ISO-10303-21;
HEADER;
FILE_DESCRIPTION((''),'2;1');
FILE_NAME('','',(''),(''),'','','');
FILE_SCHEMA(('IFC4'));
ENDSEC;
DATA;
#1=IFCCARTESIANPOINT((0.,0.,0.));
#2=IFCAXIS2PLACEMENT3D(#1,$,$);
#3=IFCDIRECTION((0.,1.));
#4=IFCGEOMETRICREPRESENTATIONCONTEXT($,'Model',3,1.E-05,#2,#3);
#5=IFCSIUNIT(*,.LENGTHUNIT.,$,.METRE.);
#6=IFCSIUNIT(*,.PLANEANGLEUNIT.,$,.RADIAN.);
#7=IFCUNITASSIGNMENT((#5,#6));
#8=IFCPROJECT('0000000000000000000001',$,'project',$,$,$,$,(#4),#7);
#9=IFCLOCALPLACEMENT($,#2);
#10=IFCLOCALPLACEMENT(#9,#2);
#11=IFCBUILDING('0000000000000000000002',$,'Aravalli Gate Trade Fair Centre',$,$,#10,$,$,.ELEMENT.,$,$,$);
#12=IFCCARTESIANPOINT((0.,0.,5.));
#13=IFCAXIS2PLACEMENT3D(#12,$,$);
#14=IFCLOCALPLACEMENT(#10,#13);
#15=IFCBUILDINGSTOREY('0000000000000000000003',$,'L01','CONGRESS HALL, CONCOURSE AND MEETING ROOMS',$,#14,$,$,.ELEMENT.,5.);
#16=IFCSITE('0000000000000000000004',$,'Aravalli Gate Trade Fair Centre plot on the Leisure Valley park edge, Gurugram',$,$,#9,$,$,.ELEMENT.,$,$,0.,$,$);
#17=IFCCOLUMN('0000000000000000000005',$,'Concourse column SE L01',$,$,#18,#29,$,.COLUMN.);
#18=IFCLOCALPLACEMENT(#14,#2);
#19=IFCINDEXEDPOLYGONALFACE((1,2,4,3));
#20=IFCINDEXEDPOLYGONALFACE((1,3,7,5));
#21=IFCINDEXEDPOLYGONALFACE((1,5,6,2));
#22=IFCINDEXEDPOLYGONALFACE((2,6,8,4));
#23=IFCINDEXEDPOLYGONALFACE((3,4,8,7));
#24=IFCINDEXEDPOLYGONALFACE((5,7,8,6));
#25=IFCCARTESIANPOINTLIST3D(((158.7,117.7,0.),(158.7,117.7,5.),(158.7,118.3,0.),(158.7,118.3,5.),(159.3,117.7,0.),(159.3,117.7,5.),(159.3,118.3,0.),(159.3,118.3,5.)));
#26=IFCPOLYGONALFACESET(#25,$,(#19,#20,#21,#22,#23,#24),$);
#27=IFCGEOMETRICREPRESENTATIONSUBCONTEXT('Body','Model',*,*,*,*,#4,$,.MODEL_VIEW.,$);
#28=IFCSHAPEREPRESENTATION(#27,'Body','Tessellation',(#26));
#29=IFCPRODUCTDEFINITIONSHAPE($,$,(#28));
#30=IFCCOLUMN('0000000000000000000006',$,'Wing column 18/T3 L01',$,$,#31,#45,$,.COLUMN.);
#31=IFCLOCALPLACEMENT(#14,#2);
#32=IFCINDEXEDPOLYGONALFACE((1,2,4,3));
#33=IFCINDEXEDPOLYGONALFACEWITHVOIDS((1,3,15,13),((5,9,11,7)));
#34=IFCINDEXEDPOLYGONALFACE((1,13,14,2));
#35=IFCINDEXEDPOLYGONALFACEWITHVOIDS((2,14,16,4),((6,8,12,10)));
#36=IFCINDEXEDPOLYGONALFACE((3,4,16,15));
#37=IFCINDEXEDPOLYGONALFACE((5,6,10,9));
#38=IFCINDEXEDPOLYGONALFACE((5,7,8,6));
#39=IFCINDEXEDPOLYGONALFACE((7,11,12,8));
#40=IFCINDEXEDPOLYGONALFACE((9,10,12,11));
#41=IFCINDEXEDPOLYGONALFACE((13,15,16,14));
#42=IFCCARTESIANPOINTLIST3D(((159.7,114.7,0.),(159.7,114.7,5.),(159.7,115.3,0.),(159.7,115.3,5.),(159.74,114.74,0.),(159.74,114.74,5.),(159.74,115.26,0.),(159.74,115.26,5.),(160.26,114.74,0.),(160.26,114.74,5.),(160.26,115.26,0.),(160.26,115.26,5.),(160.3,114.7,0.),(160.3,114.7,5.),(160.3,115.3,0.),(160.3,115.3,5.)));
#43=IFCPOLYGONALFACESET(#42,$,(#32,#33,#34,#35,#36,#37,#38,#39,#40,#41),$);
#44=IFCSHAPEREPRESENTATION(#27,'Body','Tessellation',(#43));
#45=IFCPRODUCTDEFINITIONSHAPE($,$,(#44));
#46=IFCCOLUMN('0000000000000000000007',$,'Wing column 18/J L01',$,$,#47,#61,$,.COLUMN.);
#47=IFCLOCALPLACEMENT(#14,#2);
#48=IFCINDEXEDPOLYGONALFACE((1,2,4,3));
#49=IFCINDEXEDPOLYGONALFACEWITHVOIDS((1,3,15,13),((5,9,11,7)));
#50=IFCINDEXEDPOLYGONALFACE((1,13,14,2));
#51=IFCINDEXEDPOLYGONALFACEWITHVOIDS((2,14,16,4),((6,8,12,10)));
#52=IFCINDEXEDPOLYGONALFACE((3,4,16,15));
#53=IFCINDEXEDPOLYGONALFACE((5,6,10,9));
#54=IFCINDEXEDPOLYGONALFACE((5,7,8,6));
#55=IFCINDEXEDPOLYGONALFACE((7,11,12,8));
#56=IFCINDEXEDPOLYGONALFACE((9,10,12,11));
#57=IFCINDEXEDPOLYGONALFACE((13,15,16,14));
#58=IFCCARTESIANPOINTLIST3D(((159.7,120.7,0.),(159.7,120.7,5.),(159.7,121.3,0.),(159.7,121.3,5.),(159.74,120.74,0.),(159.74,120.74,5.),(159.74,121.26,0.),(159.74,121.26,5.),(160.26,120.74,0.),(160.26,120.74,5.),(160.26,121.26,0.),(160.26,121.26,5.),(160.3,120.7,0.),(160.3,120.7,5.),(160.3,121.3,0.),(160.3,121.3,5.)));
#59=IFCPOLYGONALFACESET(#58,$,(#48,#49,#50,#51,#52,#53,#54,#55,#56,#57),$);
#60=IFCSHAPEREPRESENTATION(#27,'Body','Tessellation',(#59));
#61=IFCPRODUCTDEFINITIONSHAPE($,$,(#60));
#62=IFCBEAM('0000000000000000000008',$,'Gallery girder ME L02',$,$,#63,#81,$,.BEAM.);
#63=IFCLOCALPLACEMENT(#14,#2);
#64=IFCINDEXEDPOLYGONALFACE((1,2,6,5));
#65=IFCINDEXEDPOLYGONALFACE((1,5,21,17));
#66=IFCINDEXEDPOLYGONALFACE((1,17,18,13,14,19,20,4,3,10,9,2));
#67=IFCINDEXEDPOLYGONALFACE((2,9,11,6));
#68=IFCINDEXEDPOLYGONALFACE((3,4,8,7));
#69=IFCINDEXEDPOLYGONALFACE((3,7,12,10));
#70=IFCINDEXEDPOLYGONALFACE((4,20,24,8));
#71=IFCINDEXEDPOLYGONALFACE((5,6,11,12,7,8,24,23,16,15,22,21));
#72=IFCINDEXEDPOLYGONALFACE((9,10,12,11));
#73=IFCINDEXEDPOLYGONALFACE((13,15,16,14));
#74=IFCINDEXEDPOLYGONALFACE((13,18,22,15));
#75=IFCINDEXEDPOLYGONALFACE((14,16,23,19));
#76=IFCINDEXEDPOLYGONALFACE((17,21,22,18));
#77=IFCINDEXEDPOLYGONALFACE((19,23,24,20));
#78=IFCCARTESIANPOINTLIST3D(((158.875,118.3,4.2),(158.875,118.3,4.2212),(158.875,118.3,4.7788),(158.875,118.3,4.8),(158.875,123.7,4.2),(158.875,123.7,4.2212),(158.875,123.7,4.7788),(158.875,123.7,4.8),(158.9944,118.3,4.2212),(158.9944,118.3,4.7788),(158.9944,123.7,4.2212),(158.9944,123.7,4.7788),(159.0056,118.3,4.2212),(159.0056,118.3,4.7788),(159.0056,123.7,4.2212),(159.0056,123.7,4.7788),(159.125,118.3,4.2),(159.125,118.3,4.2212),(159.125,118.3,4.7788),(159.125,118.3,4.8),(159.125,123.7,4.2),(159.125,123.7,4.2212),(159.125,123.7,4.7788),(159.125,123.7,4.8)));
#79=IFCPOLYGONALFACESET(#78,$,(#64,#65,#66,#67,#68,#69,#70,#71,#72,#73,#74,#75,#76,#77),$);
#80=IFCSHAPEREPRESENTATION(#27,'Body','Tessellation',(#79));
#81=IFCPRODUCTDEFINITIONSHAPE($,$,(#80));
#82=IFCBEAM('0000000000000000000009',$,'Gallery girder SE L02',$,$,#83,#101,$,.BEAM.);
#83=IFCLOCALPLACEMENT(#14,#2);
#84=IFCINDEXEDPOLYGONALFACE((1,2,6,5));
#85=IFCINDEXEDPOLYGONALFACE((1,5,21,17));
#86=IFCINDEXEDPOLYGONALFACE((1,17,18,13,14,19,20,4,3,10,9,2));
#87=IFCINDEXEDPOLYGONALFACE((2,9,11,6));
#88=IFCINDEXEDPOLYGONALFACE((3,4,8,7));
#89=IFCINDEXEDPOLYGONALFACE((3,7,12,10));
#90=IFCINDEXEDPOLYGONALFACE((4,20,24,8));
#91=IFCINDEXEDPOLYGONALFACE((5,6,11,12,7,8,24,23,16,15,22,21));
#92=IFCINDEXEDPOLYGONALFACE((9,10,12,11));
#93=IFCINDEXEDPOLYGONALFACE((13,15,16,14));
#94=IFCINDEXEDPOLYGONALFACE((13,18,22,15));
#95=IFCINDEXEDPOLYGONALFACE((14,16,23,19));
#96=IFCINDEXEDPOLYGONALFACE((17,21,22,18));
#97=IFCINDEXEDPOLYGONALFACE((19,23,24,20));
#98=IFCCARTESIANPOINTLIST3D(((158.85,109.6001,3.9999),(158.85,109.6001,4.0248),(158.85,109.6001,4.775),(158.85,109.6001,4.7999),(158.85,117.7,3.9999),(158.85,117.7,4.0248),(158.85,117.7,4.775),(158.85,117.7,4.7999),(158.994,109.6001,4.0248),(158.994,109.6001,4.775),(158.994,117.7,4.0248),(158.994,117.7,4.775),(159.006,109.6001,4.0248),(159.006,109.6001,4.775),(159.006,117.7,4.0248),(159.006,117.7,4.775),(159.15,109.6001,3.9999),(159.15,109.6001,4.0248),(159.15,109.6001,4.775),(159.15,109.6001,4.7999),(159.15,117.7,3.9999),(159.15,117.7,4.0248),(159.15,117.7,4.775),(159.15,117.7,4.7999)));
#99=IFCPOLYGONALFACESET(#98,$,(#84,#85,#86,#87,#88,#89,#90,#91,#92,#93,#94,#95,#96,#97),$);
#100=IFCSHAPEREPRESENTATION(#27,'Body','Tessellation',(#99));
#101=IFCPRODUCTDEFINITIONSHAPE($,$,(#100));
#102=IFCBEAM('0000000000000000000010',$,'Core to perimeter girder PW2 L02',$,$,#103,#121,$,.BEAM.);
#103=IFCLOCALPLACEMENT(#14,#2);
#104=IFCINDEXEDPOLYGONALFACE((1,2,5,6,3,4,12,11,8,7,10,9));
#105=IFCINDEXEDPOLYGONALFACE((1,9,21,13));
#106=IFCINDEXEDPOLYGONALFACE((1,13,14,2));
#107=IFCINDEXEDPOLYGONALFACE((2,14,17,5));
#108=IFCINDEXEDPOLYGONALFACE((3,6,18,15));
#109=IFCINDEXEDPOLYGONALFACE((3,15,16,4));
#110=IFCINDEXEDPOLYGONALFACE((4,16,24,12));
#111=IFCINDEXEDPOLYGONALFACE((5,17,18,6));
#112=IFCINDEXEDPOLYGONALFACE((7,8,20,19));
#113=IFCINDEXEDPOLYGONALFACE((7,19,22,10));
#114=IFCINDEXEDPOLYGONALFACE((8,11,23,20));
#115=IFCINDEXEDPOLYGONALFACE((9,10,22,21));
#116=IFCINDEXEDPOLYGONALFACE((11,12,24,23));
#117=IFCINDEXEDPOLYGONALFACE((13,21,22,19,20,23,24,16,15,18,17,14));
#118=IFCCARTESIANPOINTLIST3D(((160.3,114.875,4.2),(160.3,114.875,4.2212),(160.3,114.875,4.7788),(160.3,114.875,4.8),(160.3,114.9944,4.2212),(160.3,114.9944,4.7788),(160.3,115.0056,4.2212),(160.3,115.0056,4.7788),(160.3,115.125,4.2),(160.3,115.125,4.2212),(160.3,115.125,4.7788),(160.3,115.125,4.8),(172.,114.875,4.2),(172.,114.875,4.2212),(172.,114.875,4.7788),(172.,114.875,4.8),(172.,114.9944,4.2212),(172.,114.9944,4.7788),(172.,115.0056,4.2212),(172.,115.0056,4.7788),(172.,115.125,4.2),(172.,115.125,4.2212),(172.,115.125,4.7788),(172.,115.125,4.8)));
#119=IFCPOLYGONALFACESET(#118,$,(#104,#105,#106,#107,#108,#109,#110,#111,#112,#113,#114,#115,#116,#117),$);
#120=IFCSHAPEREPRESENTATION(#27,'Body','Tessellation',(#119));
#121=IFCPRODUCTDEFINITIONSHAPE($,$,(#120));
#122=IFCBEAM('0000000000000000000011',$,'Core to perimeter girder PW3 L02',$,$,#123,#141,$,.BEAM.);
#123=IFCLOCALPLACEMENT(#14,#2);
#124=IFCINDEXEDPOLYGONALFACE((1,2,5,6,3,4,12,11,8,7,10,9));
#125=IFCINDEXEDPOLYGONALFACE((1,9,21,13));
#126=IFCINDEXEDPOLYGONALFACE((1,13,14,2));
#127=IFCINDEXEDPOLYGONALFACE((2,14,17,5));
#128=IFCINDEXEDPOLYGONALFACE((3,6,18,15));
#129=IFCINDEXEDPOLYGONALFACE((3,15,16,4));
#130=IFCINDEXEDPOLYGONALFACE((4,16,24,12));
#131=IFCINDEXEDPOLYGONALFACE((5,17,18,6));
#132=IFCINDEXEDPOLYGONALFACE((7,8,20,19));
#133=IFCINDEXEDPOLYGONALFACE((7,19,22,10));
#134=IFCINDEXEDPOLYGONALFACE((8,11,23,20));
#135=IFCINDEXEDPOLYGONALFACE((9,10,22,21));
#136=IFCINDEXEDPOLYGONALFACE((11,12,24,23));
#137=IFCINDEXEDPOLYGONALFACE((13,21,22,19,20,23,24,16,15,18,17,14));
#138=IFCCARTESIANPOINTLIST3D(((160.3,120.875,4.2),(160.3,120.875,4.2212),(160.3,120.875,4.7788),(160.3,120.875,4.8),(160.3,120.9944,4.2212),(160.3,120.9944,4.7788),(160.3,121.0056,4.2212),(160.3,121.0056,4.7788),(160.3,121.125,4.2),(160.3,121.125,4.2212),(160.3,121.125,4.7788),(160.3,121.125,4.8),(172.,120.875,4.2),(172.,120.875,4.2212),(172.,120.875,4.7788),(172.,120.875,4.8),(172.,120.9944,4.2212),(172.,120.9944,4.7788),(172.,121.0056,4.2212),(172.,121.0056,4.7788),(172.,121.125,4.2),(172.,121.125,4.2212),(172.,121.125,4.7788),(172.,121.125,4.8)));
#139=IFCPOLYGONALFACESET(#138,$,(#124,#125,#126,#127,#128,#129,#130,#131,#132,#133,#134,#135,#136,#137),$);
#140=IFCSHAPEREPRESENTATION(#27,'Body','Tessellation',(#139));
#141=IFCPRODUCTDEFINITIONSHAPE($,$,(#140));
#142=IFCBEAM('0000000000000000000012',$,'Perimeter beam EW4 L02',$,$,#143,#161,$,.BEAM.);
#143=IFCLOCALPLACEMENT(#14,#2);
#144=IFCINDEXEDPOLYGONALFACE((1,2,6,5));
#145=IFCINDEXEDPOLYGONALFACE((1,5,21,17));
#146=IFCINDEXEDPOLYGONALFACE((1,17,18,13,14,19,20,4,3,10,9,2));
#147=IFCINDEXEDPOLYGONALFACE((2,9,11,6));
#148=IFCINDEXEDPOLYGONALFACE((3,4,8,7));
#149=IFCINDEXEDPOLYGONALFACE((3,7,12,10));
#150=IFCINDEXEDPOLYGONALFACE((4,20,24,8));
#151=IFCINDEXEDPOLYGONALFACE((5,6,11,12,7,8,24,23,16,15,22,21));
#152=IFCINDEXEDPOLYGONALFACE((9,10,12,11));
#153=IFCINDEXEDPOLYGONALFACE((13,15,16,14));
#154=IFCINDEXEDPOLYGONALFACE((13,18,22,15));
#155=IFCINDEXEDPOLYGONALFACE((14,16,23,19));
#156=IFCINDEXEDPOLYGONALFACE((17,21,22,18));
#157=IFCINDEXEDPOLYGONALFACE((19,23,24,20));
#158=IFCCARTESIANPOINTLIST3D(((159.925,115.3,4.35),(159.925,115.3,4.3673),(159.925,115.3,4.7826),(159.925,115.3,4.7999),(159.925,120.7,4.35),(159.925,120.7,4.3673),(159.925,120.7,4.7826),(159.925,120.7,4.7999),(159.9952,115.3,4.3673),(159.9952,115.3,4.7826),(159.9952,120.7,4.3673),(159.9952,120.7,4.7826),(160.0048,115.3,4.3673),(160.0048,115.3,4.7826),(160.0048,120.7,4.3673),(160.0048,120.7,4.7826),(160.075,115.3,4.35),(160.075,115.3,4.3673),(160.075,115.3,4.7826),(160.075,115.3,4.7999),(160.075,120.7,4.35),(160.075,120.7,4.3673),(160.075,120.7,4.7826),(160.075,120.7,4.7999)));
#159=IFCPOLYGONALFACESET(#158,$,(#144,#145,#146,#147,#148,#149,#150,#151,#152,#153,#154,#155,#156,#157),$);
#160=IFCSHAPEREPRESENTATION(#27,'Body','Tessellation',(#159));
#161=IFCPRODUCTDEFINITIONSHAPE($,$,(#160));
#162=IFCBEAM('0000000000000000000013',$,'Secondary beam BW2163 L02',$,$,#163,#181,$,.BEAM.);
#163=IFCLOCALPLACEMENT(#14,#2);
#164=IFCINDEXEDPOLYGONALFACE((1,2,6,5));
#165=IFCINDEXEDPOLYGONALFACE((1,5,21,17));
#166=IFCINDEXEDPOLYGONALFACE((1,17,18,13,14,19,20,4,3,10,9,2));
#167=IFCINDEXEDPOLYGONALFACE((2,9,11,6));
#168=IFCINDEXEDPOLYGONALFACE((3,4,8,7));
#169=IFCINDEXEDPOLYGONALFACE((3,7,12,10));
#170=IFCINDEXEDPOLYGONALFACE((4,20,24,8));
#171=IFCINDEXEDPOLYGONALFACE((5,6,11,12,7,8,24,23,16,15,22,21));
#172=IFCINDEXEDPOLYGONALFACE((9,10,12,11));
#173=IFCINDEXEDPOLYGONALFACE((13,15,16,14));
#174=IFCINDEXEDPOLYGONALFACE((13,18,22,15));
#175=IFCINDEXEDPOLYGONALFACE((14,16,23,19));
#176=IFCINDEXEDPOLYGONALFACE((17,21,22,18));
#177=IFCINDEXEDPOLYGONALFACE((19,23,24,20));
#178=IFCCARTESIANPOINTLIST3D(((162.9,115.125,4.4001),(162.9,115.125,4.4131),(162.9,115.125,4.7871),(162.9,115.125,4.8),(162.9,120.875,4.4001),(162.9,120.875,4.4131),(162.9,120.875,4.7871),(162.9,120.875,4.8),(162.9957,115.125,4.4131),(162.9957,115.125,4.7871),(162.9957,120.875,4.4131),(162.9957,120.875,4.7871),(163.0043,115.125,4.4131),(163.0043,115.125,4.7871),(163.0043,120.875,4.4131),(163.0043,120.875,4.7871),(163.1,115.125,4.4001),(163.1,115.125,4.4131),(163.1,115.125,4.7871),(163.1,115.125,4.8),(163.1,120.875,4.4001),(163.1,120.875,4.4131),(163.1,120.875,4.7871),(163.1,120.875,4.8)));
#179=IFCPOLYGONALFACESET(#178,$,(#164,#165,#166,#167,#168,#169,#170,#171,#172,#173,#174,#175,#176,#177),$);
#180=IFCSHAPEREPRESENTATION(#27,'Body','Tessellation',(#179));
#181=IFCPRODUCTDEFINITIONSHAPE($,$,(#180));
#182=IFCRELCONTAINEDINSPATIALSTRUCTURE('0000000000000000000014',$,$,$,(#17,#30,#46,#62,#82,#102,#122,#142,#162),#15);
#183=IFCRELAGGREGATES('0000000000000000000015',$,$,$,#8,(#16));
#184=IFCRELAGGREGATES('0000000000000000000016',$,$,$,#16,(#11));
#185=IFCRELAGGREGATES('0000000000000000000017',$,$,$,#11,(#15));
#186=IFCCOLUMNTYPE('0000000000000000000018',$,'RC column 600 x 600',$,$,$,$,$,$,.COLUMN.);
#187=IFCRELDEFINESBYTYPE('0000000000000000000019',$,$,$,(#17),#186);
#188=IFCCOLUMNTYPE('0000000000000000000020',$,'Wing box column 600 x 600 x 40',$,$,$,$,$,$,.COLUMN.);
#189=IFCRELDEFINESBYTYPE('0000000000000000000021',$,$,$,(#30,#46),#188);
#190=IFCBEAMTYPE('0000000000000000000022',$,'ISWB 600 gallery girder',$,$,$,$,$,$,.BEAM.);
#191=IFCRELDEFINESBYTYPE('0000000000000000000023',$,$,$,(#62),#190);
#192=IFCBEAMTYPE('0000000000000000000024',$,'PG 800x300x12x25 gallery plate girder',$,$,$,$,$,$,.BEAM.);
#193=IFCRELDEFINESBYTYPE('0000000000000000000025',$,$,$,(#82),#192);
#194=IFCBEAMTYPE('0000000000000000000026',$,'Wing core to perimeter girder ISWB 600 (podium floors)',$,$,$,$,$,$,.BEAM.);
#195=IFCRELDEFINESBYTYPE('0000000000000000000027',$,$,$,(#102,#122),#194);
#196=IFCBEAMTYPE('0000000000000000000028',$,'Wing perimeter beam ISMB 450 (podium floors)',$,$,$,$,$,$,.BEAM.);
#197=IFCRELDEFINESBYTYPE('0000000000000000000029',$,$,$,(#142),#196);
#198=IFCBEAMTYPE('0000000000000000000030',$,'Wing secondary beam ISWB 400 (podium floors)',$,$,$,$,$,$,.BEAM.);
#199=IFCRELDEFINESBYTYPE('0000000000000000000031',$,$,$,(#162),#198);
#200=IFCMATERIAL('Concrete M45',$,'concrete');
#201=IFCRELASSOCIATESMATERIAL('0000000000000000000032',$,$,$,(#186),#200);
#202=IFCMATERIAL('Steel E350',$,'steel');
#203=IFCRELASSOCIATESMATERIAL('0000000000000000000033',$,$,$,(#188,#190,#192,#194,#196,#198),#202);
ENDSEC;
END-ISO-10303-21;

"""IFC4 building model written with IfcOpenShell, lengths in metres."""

from ifc_helpers import new_model, si_unit, direction, frame, origin, origin_2d, place, context, subcontext, project, spatial, rectangle, hollow_rectangle, i_section, extrude, material, material_profile, profile_set, type_object, element, save


model = new_model("IFC4")

# Units and contexts
model_context = context("Model", 3, precision=1e-05, world=origin(), true_north=direction((0.0, 1.0)))
body_context = subcontext(model_context, "Body", "Model", "MODEL_VIEW")
ifc_project = project(units=[si_unit("LENGTHUNIT", "METRE"), si_unit("PLANEANGLEUNIT", "RADIAN")], contexts=[model_context])

# Site, building, storey
site_placement = place(None, origin())
site = spatial("IfcSite", under=ifc_project, at=site_placement, Name="Aravalli Gate Trade Fair Centre plot on the Leisure Valley park edge, Gurugram", CompositionType="ELEMENT", RefElevation=0.0)
building_placement = place(site_placement, origin())
building = spatial("IfcBuilding", under=site, at=building_placement, Name="Aravalli Gate Trade Fair Centre", CompositionType="ELEMENT")
storey_placement = place(building_placement, frame((0.0, 0.0, 5.0)))
storey = spatial("IfcBuildingStorey", under=building, at=storey_placement, Name="L01", Description="CONGRESS HALL, CONCOURSE AND MEETING ROOMS", CompositionType="ELEMENT", Elevation=5.0)

# Columns
ifc_material_1 = material(Name="Concrete M45", Category="concrete")
ifc_material_profile_1 = material_profile(ifc_material_1, rectangle(XDim=0.6001, YDim=0.6001, at=origin_2d()), Name="RC column 600 x 600")
ifc_profile_set_1 = profile_set([ifc_material_profile_1], Name="Concrete M45")
column_type_1 = type_object("IfcColumnType", Name="RC column 600 x 600", PredefinedType="COLUMN", material=ifc_profile_set_1)
column_placement = place(storey_placement, frame((159.0, 118.0, 0.0), z_axis=(0.0, 0.0, 1.0), x_axis=(1.0, 0.0, 0.0)))
element("IfcColumn", 1, at=column_placement, inside=storey, type_object=column_type_1, Name="Concourse column SE L01", PredefinedType="COLUMN", context=body_context, shape_type="SweptSolid", body=[
    extrude(rectangle(XDim=0.6001, YDim=0.6001, at=origin_2d()), origin(), (0.0, 0.0, 1.0), 5.0),
])
ifc_material_2 = material(Name="Steel E350", Category="steel")
ifc_material_profile_2 = material_profile(ifc_material_2, hollow_rectangle(XDim=0.6001, YDim=0.6001, WallThickness=0.04, at=origin_2d()), Name="BOX 600x600x40")
ifc_profile_set_2 = profile_set([ifc_material_profile_2], Name="Steel E350")
column_type_2 = type_object("IfcColumnType", Name="Wing box column 600 x 600 x 40", PredefinedType="COLUMN", material=ifc_profile_set_2)
for number, where, z_axis, x_axis, name in (
    (2, (160.0, 115.0, 0.0), (0.0, 0.0, 1.0), (1.0, 0.0, 0.0), "Wing column 18/T3 L01"),
    (3, (160.0, 121.0, 0.0), (0.0, 0.0, 1.0), (1.0, 0.0, 0.0), "Wing column 18/J L01"),
):
    element("IfcColumn", number, at=place(storey_placement, frame(where, z_axis=z_axis, x_axis=x_axis)), inside=storey, type_object=column_type_2, Name=name, PredefinedType="COLUMN", context=body_context, shape_type="SweptSolid", body=[
        extrude(hollow_rectangle(XDim=0.6001, YDim=0.6001, WallThickness=0.04, at=origin_2d()), origin(), (0.0, 0.0, 1.0), 5.0),
    ])

# Beams
ifc_material_profile_3 = material_profile(ifc_material_2, i_section(OverallWidth=0.25, OverallDepth=0.6001, WebThickness=0.0112, FlangeThickness=0.0212, at=origin_2d()), Name="ISWB 600")
ifc_profile_set_3 = profile_set([ifc_material_profile_3], Name="Steel E350")
beam_type_1 = type_object("IfcBeamType", Name="ISWB 600 gallery girder", PredefinedType="BEAM", material=ifc_profile_set_3)
beam_1_placement = place(storey_placement, frame((159.0, 118.3, 4.5), z_axis=(0.0, 1.0, 0.0), x_axis=(-1.0, 0.0, 0.0)))
element("IfcBeam", 4, at=beam_1_placement, inside=storey, type_object=beam_type_1, Name="Gallery girder ME L02", PredefinedType="BEAM", context=body_context, shape_type="SweptSolid", body=[
    extrude(i_section(OverallWidth=0.25, OverallDepth=0.6001, WebThickness=0.0112, FlangeThickness=0.0212, at=origin_2d()), origin(), (0.0, 0.0, 1.0), 5.3999),
])
ifc_material_profile_4 = material_profile(ifc_material_2, i_section(OverallWidth=0.3, OverallDepth=0.8, WebThickness=0.012, FlangeThickness=0.0249, at=origin_2d()), Name="PG 800x300x12x25")
ifc_profile_set_4 = profile_set([ifc_material_profile_4], Name="Steel E350")
beam_type_2 = type_object("IfcBeamType", Name="PG 800x300x12x25 gallery plate girder", PredefinedType="BEAM", material=ifc_profile_set_4)
beam_2_placement = place(storey_placement, frame((159.0, 109.6001, 4.3999), z_axis=(0.0, 1.0, 0.0), x_axis=(-1.0, 0.0, 0.0)))
element("IfcBeam", 5, at=beam_2_placement, inside=storey, type_object=beam_type_2, Name="Gallery girder SE L02", PredefinedType="BEAM", context=body_context, shape_type="SweptSolid", body=[
    extrude(i_section(OverallWidth=0.3, OverallDepth=0.8, WebThickness=0.012, FlangeThickness=0.0249, at=origin_2d()), origin(), (0.0, 0.0, 1.0), 8.0999),
])
ifc_material_profile_5 = material_profile(ifc_material_2, i_section(OverallWidth=0.25, OverallDepth=0.6001, WebThickness=0.0112, FlangeThickness=0.0212, at=origin_2d()), Name="ISWB 600")
ifc_profile_set_5 = profile_set([ifc_material_profile_5], Name="Steel E350")
beam_type_3 = type_object("IfcBeamType", Name="Wing core to perimeter girder ISWB 600 (podium floors)", PredefinedType="BEAM", material=ifc_profile_set_5)
for number, where, z_axis, x_axis, name in (
    (6, (160.3, 115.0, 4.5), (1.0, 0.0, 0.0), (0.0, 1.0, 0.0), "Core to perimeter girder PW2 L02"),
    (7, (160.3, 121.0, 4.5), (1.0, 0.0, 0.0), (0.0, 1.0, 0.0), "Core to perimeter girder PW3 L02"),
):
    element("IfcBeam", number, at=place(storey_placement, frame(where, z_axis=z_axis, x_axis=x_axis)), inside=storey, type_object=beam_type_3, Name=name, PredefinedType="BEAM", context=body_context, shape_type="SweptSolid", body=[
        extrude(i_section(OverallWidth=0.25, OverallDepth=0.6001, WebThickness=0.0112, FlangeThickness=0.0212, at=origin_2d()), origin(), (0.0, 0.0, 1.0), 11.7),
    ])
ifc_material_profile_6 = material_profile(ifc_material_2, i_section(OverallWidth=0.1499, OverallDepth=0.45, WebThickness=0.0095, FlangeThickness=0.0173, at=origin_2d()), Name="ISMB 450")
ifc_profile_set_6 = profile_set([ifc_material_profile_6], Name="Steel E350")
beam_type_4 = type_object("IfcBeamType", Name="Wing perimeter beam ISMB 450 (podium floors)", PredefinedType="BEAM", material=ifc_profile_set_6)
beam_3_placement = place(storey_placement, frame((160.0, 115.3, 4.575), z_axis=(0.0, 1.0, 0.0), x_axis=(-1.0, 0.0, 0.0)))
element("IfcBeam", 8, at=beam_3_placement, inside=storey, type_object=beam_type_4, Name="Perimeter beam EW4 L02", PredefinedType="BEAM", context=body_context, shape_type="SweptSolid", body=[
    extrude(i_section(OverallWidth=0.1499, OverallDepth=0.45, WebThickness=0.0095, FlangeThickness=0.0173, at=origin_2d()), origin(), (0.0, 0.0, 1.0), 5.3999),
])
ifc_material_profile_7 = material_profile(ifc_material_2, i_section(OverallWidth=0.2, OverallDepth=0.3999, WebThickness=0.0085, FlangeThickness=0.0129, at=origin_2d()), Name="ISWB 400")
ifc_profile_set_7 = profile_set([ifc_material_profile_7], Name="Steel E350")
beam_type_5 = type_object("IfcBeamType", Name="Wing secondary beam ISWB 400 (podium floors)", PredefinedType="BEAM", material=ifc_profile_set_7)
beam_4_placement = place(storey_placement, frame((163.0, 115.125, 4.6001), z_axis=(0.0, 1.0, 0.0), x_axis=(-1.0, 0.0, 0.0)))
element("IfcBeam", 9, at=beam_4_placement, inside=storey, type_object=beam_type_5, Name="Secondary beam BW2163 L02", PredefinedType="BEAM", context=body_context, shape_type="SweptSolid", body=[
    extrude(i_section(OverallWidth=0.2, OverallDepth=0.3999, WebThickness=0.0085, FlangeThickness=0.0129, at=origin_2d()), origin(), (0.0, 0.0, 1.0), 5.75),
])

save(model, "model.ifc")
